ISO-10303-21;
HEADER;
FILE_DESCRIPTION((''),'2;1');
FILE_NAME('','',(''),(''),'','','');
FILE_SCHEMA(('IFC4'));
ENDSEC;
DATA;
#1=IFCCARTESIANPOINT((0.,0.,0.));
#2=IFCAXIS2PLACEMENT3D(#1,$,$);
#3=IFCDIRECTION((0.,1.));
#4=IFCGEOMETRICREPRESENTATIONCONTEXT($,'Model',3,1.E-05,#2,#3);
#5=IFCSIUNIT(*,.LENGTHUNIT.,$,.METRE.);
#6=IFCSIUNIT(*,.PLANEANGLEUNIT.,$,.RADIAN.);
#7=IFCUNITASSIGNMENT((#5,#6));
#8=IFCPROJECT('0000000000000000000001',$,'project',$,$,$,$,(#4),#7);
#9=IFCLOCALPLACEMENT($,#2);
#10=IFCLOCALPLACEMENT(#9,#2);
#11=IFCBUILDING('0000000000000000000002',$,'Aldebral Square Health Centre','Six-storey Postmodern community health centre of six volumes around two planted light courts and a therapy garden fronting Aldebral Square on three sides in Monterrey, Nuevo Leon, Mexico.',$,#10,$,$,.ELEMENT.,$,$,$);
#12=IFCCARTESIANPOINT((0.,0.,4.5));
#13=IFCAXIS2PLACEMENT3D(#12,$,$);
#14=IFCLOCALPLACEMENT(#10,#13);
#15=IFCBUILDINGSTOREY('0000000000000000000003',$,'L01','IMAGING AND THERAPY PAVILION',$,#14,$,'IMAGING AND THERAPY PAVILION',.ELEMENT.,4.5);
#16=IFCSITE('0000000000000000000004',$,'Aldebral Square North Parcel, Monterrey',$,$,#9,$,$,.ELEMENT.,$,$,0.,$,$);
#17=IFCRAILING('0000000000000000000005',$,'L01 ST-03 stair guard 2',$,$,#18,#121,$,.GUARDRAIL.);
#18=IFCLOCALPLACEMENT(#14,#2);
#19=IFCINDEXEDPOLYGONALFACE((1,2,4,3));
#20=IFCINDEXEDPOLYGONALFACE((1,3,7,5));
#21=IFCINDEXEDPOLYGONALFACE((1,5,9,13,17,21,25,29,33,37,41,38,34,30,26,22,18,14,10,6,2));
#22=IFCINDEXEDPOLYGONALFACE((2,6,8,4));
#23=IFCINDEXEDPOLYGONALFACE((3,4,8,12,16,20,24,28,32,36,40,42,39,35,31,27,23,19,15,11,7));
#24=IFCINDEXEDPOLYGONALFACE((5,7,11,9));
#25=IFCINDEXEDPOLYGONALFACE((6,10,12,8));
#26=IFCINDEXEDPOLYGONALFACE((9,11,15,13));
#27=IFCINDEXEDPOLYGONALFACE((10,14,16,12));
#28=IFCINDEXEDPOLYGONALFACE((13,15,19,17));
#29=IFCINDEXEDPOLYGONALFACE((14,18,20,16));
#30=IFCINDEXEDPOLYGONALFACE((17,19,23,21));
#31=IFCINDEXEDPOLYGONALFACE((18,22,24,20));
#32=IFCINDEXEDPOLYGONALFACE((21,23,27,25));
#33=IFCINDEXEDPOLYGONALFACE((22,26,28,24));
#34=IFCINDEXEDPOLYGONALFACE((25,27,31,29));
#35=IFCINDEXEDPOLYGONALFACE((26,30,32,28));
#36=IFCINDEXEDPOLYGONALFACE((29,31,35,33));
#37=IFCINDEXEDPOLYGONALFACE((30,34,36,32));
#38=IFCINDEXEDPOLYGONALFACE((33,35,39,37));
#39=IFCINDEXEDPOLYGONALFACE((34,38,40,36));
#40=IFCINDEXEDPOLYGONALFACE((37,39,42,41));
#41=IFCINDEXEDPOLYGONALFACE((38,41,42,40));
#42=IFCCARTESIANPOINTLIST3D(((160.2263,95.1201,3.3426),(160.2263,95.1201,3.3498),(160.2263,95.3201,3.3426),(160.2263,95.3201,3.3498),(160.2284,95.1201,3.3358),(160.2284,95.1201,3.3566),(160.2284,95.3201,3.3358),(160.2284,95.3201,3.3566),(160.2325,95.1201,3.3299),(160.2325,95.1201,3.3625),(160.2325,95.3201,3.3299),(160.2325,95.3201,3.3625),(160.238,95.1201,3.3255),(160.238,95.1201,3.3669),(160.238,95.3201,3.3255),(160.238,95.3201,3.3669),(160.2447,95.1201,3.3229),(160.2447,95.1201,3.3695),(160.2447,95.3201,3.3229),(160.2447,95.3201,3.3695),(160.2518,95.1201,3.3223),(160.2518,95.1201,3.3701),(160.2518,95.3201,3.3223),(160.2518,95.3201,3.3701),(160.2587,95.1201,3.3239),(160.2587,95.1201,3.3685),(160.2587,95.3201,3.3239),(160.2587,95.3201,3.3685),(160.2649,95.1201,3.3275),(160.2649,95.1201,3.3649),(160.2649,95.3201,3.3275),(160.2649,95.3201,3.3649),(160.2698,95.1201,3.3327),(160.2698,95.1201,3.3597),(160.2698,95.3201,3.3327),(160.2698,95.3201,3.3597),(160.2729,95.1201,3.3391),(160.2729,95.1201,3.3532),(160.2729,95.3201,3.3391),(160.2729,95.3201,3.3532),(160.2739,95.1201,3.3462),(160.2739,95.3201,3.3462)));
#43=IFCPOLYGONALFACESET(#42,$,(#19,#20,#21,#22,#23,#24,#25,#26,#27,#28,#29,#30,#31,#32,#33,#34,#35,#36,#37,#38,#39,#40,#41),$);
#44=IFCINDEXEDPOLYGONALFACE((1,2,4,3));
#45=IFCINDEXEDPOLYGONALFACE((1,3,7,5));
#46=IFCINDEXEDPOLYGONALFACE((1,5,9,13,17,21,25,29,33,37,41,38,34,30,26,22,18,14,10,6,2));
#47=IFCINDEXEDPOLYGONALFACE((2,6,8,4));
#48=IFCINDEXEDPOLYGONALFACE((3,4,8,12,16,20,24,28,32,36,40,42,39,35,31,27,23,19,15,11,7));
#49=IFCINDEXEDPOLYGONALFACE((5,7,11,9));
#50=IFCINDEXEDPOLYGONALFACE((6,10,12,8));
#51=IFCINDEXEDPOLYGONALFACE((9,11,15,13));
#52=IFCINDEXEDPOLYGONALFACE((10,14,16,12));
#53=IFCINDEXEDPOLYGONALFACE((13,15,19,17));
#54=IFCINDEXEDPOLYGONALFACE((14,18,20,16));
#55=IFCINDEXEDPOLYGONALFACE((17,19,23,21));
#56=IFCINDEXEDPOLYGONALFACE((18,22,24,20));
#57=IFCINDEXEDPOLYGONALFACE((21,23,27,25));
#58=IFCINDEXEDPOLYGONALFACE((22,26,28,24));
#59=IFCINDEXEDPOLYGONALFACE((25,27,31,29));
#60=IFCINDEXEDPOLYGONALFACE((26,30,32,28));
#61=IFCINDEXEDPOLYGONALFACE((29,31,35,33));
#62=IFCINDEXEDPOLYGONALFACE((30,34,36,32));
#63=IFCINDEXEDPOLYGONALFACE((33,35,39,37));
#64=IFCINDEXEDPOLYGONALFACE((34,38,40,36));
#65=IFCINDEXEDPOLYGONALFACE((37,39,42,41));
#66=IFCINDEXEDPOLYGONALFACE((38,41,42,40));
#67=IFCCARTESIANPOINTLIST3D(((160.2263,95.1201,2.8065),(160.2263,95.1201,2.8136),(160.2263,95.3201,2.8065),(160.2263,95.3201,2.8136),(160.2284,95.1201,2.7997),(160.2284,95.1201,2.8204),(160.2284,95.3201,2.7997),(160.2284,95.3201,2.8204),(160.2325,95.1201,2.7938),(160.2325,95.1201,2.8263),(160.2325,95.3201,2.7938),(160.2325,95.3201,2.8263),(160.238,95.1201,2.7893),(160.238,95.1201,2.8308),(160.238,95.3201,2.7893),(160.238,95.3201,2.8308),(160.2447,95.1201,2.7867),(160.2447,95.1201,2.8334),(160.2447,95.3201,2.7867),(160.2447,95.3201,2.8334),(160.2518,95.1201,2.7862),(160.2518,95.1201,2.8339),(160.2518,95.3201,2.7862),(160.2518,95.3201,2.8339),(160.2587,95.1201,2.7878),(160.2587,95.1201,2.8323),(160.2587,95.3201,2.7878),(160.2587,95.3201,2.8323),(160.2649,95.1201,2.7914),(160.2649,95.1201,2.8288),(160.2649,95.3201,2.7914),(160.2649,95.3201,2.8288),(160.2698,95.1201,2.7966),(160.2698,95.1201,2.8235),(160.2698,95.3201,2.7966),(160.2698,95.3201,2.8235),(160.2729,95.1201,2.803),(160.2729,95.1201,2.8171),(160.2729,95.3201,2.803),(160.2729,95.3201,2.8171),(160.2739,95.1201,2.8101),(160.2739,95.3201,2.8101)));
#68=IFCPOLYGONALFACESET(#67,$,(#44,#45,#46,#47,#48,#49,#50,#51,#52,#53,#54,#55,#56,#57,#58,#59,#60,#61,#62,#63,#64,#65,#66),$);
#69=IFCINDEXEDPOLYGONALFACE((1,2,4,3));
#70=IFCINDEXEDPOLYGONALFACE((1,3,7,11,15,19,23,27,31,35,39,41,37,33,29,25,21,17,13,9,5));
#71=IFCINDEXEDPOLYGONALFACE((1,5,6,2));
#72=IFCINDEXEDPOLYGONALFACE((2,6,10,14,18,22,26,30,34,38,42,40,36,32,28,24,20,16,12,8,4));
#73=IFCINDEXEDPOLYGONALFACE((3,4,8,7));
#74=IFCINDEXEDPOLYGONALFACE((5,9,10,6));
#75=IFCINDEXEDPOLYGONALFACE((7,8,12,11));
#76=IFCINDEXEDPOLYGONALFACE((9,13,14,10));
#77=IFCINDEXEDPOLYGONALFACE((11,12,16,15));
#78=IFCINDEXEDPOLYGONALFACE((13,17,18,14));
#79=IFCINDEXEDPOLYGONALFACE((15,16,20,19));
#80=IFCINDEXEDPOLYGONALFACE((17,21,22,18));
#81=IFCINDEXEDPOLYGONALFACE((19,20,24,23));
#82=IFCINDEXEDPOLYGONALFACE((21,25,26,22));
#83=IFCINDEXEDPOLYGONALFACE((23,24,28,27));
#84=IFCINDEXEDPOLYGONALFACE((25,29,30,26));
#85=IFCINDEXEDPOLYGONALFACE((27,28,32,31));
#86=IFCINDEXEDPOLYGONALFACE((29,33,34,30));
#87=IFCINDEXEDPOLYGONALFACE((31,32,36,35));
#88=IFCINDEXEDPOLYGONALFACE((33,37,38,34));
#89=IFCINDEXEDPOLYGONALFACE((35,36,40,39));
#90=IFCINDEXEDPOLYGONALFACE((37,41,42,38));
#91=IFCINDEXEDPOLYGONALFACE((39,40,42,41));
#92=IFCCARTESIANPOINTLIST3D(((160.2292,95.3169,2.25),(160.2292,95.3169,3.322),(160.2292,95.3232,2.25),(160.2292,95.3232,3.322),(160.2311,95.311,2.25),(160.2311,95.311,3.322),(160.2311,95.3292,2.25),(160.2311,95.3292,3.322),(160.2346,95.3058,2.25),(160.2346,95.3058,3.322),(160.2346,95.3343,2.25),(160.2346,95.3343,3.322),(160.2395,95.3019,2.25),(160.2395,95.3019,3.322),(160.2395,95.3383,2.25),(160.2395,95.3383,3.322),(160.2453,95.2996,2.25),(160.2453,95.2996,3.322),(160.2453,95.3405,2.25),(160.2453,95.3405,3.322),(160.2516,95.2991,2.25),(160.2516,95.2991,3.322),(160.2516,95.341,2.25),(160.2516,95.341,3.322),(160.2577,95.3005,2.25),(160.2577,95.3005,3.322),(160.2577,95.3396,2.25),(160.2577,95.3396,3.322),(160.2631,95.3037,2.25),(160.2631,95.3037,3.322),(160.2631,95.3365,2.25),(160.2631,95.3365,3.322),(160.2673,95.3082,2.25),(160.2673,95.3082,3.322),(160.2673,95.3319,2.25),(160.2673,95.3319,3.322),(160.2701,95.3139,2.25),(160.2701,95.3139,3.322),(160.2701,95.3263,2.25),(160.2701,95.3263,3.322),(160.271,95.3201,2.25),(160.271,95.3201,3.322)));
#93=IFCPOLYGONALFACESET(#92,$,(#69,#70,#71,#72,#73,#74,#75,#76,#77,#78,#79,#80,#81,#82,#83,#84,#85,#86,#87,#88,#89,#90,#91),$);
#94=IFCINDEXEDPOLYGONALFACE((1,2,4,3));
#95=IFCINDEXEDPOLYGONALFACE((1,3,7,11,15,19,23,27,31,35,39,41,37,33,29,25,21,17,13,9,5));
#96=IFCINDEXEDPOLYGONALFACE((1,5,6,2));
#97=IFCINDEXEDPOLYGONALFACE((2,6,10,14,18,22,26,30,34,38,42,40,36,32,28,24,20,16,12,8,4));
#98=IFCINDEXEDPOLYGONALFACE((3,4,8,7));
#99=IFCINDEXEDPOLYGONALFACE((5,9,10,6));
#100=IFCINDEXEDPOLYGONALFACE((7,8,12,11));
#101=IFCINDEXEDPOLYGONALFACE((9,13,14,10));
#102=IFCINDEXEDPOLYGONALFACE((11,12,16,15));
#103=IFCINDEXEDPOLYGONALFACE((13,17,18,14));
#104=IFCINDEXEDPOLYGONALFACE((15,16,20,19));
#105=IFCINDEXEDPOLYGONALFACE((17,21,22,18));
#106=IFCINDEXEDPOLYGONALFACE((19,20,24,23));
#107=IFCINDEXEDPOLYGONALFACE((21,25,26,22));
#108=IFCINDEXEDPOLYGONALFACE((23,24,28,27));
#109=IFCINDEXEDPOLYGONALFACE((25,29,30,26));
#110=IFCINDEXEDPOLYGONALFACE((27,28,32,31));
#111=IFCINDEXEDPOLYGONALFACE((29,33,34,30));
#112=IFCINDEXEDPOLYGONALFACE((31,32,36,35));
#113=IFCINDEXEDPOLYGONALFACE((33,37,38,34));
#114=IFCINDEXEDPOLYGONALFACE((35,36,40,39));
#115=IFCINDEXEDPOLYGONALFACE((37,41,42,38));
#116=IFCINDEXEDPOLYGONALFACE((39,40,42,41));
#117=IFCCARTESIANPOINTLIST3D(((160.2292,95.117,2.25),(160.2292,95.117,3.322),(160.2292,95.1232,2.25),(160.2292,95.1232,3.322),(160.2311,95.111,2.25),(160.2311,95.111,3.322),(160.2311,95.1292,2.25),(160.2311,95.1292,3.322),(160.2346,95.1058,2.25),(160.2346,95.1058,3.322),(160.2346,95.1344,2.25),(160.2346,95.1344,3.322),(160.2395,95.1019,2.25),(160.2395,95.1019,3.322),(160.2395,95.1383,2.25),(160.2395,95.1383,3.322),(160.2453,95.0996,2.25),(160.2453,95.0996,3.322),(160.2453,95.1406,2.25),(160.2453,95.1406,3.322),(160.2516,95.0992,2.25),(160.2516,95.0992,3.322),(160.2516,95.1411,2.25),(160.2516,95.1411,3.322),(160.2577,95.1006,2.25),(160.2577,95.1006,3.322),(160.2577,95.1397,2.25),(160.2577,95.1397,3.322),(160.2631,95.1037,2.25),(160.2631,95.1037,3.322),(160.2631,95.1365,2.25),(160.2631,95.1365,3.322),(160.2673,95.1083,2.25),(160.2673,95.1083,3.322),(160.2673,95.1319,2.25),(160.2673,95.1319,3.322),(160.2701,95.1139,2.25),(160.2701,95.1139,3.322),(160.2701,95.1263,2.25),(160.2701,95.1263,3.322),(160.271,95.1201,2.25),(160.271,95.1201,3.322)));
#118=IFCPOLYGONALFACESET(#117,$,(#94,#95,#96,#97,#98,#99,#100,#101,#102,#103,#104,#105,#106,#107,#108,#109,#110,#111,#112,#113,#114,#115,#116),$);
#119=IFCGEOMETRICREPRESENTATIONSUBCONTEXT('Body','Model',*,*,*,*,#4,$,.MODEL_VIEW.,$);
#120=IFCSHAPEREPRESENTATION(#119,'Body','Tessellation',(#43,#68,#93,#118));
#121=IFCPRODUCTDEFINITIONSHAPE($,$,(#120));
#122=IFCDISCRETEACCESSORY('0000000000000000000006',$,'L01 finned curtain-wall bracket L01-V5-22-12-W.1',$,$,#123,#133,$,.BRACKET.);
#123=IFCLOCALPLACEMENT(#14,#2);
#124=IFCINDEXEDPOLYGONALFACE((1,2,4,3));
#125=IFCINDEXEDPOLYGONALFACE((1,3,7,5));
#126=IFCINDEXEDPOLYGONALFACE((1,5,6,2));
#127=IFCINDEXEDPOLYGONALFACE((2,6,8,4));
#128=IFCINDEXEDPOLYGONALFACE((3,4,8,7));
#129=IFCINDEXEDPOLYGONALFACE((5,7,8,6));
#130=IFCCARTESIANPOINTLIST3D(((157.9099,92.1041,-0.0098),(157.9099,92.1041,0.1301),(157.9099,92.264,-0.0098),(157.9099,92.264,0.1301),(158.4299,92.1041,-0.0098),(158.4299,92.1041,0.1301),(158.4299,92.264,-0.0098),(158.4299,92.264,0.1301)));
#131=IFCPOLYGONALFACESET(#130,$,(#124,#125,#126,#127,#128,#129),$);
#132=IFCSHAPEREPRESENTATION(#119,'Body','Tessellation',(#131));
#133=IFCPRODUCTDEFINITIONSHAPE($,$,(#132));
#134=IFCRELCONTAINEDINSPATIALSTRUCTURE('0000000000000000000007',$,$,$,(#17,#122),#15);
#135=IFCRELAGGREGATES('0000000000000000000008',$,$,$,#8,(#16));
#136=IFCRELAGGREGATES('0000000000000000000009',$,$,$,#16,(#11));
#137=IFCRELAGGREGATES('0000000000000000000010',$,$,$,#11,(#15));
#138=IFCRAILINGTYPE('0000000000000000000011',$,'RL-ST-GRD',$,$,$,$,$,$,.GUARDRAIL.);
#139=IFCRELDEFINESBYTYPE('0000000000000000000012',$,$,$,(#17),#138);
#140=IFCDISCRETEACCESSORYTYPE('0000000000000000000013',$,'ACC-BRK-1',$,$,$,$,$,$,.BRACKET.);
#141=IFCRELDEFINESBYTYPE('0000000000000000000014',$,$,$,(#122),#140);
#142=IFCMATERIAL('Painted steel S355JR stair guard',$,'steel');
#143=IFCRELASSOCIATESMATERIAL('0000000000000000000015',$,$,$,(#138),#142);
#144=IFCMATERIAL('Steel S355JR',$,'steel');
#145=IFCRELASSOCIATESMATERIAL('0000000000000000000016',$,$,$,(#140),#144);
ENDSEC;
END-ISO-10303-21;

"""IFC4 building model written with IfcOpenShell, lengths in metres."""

from ifc_helpers import new_model, si_unit, direction, frame, origin, origin_2d, place, context, subcontext, project, spatial, rectangle, circle, extrude, material, type_object, element, save


model = new_model("IFC4")

# Units and contexts
model_context = context("Model", 3, precision=1e-05, world=origin(), true_north=direction((0.0, 1.0)))
body_context = subcontext(model_context, "Body", "Model", "MODEL_VIEW")
ifc_project = project(units=[si_unit("LENGTHUNIT", "METRE"), si_unit("PLANEANGLEUNIT", "RADIAN")], contexts=[model_context])

# Site, building, storey
site_placement = place(None, origin())
site = spatial("IfcSite", under=ifc_project, at=site_placement, Name="Aldebral Square North Parcel, Monterrey", CompositionType="ELEMENT", RefElevation=0.0)
building_placement = place(site_placement, origin())
building = spatial("IfcBuilding", under=site, at=building_placement, Name="Aldebral Square Health Centre", Description="Six-storey Postmodern community health centre of six volumes around two planted light courts and a therapy garden fronting Aldebral Square on three sides in Monterrey, Nuevo Leon, Mexico.", CompositionType="ELEMENT")
storey_placement = place(building_placement, frame((0.0, 0.0, 4.5)))
storey = spatial("IfcBuildingStorey", under=building, at=storey_placement, Name="L01", Description="IMAGING AND THERAPY PAVILION", LongName="IMAGING AND THERAPY PAVILION", CompositionType="ELEMENT", Elevation=4.5)

# Railing
ifc_material_1 = material(Name="Painted steel S355JR stair guard", Category="steel")
railing_type = type_object("IfcRailingType", Name="RL-ST-GRD", PredefinedType="GUARDRAIL", material=ifc_material_1)
railing_placement = place(storey_placement, frame((160.25, 95.3201, 2.25)))
element("IfcRailing", 1, at=railing_placement, inside=storey, type_object=railing_type, Name="L01 ST-03 stair guard 2", PredefinedType="GUARDRAIL", context=body_context, shape_type="SweptSolid", body=[
    extrude(circle(Radius=0.0239, at=origin_2d()), frame((0.0, 0.0, 1.0962), z_axis=(0.0, -1.0, 0.0), x_axis=(1.0, 0.0, 0.0)), (0.0, 0.0, 1.0), 0.2),
    extrude(circle(Radius=0.0239, at=origin_2d()), frame((0.0, 0.0, 0.5601), z_axis=(0.0, -1.0, 0.0), x_axis=(1.0, 0.0, 0.0)), (0.0, 0.0, 1.0), 0.2),
    extrude(circle(Radius=0.021, at=origin_2d()), origin(), (0.0, 0.0, 1.0), 1.072),
    extrude(circle(Radius=0.021, at=origin_2d()), frame((0.0, -0.2, 0.0)), (0.0, 0.0, 1.0), 1.072),
])

# Discrete accessory
ifc_material_2 = material(Name="Steel S355JR", Category="steel")
discrete_accessory_type = type_object("IfcDiscreteAccessoryType", Name="ACC-BRK-1", PredefinedType="BRACKET", material=ifc_material_2)
discrete_accessory_placement = place(storey_placement, frame((158.1699, 92.1841, -0.0098), z_axis=(0.0, 0.0, 1.0), x_axis=(0.0, 1.0, 0.0)))
element("IfcDiscreteAccessory", 2, at=discrete_accessory_placement, inside=storey, type_object=discrete_accessory_type, Name="L01 finned curtain-wall bracket L01-V5-22-12-W.1", PredefinedType="BRACKET", context=body_context, shape_type="SweptSolid", body=[
    extrude(rectangle(XDim=0.1599, YDim=0.52, at=origin_2d()), origin(), (0.0, 0.0, 1.0), 0.1399),
])

save(model, "model.ifc")
